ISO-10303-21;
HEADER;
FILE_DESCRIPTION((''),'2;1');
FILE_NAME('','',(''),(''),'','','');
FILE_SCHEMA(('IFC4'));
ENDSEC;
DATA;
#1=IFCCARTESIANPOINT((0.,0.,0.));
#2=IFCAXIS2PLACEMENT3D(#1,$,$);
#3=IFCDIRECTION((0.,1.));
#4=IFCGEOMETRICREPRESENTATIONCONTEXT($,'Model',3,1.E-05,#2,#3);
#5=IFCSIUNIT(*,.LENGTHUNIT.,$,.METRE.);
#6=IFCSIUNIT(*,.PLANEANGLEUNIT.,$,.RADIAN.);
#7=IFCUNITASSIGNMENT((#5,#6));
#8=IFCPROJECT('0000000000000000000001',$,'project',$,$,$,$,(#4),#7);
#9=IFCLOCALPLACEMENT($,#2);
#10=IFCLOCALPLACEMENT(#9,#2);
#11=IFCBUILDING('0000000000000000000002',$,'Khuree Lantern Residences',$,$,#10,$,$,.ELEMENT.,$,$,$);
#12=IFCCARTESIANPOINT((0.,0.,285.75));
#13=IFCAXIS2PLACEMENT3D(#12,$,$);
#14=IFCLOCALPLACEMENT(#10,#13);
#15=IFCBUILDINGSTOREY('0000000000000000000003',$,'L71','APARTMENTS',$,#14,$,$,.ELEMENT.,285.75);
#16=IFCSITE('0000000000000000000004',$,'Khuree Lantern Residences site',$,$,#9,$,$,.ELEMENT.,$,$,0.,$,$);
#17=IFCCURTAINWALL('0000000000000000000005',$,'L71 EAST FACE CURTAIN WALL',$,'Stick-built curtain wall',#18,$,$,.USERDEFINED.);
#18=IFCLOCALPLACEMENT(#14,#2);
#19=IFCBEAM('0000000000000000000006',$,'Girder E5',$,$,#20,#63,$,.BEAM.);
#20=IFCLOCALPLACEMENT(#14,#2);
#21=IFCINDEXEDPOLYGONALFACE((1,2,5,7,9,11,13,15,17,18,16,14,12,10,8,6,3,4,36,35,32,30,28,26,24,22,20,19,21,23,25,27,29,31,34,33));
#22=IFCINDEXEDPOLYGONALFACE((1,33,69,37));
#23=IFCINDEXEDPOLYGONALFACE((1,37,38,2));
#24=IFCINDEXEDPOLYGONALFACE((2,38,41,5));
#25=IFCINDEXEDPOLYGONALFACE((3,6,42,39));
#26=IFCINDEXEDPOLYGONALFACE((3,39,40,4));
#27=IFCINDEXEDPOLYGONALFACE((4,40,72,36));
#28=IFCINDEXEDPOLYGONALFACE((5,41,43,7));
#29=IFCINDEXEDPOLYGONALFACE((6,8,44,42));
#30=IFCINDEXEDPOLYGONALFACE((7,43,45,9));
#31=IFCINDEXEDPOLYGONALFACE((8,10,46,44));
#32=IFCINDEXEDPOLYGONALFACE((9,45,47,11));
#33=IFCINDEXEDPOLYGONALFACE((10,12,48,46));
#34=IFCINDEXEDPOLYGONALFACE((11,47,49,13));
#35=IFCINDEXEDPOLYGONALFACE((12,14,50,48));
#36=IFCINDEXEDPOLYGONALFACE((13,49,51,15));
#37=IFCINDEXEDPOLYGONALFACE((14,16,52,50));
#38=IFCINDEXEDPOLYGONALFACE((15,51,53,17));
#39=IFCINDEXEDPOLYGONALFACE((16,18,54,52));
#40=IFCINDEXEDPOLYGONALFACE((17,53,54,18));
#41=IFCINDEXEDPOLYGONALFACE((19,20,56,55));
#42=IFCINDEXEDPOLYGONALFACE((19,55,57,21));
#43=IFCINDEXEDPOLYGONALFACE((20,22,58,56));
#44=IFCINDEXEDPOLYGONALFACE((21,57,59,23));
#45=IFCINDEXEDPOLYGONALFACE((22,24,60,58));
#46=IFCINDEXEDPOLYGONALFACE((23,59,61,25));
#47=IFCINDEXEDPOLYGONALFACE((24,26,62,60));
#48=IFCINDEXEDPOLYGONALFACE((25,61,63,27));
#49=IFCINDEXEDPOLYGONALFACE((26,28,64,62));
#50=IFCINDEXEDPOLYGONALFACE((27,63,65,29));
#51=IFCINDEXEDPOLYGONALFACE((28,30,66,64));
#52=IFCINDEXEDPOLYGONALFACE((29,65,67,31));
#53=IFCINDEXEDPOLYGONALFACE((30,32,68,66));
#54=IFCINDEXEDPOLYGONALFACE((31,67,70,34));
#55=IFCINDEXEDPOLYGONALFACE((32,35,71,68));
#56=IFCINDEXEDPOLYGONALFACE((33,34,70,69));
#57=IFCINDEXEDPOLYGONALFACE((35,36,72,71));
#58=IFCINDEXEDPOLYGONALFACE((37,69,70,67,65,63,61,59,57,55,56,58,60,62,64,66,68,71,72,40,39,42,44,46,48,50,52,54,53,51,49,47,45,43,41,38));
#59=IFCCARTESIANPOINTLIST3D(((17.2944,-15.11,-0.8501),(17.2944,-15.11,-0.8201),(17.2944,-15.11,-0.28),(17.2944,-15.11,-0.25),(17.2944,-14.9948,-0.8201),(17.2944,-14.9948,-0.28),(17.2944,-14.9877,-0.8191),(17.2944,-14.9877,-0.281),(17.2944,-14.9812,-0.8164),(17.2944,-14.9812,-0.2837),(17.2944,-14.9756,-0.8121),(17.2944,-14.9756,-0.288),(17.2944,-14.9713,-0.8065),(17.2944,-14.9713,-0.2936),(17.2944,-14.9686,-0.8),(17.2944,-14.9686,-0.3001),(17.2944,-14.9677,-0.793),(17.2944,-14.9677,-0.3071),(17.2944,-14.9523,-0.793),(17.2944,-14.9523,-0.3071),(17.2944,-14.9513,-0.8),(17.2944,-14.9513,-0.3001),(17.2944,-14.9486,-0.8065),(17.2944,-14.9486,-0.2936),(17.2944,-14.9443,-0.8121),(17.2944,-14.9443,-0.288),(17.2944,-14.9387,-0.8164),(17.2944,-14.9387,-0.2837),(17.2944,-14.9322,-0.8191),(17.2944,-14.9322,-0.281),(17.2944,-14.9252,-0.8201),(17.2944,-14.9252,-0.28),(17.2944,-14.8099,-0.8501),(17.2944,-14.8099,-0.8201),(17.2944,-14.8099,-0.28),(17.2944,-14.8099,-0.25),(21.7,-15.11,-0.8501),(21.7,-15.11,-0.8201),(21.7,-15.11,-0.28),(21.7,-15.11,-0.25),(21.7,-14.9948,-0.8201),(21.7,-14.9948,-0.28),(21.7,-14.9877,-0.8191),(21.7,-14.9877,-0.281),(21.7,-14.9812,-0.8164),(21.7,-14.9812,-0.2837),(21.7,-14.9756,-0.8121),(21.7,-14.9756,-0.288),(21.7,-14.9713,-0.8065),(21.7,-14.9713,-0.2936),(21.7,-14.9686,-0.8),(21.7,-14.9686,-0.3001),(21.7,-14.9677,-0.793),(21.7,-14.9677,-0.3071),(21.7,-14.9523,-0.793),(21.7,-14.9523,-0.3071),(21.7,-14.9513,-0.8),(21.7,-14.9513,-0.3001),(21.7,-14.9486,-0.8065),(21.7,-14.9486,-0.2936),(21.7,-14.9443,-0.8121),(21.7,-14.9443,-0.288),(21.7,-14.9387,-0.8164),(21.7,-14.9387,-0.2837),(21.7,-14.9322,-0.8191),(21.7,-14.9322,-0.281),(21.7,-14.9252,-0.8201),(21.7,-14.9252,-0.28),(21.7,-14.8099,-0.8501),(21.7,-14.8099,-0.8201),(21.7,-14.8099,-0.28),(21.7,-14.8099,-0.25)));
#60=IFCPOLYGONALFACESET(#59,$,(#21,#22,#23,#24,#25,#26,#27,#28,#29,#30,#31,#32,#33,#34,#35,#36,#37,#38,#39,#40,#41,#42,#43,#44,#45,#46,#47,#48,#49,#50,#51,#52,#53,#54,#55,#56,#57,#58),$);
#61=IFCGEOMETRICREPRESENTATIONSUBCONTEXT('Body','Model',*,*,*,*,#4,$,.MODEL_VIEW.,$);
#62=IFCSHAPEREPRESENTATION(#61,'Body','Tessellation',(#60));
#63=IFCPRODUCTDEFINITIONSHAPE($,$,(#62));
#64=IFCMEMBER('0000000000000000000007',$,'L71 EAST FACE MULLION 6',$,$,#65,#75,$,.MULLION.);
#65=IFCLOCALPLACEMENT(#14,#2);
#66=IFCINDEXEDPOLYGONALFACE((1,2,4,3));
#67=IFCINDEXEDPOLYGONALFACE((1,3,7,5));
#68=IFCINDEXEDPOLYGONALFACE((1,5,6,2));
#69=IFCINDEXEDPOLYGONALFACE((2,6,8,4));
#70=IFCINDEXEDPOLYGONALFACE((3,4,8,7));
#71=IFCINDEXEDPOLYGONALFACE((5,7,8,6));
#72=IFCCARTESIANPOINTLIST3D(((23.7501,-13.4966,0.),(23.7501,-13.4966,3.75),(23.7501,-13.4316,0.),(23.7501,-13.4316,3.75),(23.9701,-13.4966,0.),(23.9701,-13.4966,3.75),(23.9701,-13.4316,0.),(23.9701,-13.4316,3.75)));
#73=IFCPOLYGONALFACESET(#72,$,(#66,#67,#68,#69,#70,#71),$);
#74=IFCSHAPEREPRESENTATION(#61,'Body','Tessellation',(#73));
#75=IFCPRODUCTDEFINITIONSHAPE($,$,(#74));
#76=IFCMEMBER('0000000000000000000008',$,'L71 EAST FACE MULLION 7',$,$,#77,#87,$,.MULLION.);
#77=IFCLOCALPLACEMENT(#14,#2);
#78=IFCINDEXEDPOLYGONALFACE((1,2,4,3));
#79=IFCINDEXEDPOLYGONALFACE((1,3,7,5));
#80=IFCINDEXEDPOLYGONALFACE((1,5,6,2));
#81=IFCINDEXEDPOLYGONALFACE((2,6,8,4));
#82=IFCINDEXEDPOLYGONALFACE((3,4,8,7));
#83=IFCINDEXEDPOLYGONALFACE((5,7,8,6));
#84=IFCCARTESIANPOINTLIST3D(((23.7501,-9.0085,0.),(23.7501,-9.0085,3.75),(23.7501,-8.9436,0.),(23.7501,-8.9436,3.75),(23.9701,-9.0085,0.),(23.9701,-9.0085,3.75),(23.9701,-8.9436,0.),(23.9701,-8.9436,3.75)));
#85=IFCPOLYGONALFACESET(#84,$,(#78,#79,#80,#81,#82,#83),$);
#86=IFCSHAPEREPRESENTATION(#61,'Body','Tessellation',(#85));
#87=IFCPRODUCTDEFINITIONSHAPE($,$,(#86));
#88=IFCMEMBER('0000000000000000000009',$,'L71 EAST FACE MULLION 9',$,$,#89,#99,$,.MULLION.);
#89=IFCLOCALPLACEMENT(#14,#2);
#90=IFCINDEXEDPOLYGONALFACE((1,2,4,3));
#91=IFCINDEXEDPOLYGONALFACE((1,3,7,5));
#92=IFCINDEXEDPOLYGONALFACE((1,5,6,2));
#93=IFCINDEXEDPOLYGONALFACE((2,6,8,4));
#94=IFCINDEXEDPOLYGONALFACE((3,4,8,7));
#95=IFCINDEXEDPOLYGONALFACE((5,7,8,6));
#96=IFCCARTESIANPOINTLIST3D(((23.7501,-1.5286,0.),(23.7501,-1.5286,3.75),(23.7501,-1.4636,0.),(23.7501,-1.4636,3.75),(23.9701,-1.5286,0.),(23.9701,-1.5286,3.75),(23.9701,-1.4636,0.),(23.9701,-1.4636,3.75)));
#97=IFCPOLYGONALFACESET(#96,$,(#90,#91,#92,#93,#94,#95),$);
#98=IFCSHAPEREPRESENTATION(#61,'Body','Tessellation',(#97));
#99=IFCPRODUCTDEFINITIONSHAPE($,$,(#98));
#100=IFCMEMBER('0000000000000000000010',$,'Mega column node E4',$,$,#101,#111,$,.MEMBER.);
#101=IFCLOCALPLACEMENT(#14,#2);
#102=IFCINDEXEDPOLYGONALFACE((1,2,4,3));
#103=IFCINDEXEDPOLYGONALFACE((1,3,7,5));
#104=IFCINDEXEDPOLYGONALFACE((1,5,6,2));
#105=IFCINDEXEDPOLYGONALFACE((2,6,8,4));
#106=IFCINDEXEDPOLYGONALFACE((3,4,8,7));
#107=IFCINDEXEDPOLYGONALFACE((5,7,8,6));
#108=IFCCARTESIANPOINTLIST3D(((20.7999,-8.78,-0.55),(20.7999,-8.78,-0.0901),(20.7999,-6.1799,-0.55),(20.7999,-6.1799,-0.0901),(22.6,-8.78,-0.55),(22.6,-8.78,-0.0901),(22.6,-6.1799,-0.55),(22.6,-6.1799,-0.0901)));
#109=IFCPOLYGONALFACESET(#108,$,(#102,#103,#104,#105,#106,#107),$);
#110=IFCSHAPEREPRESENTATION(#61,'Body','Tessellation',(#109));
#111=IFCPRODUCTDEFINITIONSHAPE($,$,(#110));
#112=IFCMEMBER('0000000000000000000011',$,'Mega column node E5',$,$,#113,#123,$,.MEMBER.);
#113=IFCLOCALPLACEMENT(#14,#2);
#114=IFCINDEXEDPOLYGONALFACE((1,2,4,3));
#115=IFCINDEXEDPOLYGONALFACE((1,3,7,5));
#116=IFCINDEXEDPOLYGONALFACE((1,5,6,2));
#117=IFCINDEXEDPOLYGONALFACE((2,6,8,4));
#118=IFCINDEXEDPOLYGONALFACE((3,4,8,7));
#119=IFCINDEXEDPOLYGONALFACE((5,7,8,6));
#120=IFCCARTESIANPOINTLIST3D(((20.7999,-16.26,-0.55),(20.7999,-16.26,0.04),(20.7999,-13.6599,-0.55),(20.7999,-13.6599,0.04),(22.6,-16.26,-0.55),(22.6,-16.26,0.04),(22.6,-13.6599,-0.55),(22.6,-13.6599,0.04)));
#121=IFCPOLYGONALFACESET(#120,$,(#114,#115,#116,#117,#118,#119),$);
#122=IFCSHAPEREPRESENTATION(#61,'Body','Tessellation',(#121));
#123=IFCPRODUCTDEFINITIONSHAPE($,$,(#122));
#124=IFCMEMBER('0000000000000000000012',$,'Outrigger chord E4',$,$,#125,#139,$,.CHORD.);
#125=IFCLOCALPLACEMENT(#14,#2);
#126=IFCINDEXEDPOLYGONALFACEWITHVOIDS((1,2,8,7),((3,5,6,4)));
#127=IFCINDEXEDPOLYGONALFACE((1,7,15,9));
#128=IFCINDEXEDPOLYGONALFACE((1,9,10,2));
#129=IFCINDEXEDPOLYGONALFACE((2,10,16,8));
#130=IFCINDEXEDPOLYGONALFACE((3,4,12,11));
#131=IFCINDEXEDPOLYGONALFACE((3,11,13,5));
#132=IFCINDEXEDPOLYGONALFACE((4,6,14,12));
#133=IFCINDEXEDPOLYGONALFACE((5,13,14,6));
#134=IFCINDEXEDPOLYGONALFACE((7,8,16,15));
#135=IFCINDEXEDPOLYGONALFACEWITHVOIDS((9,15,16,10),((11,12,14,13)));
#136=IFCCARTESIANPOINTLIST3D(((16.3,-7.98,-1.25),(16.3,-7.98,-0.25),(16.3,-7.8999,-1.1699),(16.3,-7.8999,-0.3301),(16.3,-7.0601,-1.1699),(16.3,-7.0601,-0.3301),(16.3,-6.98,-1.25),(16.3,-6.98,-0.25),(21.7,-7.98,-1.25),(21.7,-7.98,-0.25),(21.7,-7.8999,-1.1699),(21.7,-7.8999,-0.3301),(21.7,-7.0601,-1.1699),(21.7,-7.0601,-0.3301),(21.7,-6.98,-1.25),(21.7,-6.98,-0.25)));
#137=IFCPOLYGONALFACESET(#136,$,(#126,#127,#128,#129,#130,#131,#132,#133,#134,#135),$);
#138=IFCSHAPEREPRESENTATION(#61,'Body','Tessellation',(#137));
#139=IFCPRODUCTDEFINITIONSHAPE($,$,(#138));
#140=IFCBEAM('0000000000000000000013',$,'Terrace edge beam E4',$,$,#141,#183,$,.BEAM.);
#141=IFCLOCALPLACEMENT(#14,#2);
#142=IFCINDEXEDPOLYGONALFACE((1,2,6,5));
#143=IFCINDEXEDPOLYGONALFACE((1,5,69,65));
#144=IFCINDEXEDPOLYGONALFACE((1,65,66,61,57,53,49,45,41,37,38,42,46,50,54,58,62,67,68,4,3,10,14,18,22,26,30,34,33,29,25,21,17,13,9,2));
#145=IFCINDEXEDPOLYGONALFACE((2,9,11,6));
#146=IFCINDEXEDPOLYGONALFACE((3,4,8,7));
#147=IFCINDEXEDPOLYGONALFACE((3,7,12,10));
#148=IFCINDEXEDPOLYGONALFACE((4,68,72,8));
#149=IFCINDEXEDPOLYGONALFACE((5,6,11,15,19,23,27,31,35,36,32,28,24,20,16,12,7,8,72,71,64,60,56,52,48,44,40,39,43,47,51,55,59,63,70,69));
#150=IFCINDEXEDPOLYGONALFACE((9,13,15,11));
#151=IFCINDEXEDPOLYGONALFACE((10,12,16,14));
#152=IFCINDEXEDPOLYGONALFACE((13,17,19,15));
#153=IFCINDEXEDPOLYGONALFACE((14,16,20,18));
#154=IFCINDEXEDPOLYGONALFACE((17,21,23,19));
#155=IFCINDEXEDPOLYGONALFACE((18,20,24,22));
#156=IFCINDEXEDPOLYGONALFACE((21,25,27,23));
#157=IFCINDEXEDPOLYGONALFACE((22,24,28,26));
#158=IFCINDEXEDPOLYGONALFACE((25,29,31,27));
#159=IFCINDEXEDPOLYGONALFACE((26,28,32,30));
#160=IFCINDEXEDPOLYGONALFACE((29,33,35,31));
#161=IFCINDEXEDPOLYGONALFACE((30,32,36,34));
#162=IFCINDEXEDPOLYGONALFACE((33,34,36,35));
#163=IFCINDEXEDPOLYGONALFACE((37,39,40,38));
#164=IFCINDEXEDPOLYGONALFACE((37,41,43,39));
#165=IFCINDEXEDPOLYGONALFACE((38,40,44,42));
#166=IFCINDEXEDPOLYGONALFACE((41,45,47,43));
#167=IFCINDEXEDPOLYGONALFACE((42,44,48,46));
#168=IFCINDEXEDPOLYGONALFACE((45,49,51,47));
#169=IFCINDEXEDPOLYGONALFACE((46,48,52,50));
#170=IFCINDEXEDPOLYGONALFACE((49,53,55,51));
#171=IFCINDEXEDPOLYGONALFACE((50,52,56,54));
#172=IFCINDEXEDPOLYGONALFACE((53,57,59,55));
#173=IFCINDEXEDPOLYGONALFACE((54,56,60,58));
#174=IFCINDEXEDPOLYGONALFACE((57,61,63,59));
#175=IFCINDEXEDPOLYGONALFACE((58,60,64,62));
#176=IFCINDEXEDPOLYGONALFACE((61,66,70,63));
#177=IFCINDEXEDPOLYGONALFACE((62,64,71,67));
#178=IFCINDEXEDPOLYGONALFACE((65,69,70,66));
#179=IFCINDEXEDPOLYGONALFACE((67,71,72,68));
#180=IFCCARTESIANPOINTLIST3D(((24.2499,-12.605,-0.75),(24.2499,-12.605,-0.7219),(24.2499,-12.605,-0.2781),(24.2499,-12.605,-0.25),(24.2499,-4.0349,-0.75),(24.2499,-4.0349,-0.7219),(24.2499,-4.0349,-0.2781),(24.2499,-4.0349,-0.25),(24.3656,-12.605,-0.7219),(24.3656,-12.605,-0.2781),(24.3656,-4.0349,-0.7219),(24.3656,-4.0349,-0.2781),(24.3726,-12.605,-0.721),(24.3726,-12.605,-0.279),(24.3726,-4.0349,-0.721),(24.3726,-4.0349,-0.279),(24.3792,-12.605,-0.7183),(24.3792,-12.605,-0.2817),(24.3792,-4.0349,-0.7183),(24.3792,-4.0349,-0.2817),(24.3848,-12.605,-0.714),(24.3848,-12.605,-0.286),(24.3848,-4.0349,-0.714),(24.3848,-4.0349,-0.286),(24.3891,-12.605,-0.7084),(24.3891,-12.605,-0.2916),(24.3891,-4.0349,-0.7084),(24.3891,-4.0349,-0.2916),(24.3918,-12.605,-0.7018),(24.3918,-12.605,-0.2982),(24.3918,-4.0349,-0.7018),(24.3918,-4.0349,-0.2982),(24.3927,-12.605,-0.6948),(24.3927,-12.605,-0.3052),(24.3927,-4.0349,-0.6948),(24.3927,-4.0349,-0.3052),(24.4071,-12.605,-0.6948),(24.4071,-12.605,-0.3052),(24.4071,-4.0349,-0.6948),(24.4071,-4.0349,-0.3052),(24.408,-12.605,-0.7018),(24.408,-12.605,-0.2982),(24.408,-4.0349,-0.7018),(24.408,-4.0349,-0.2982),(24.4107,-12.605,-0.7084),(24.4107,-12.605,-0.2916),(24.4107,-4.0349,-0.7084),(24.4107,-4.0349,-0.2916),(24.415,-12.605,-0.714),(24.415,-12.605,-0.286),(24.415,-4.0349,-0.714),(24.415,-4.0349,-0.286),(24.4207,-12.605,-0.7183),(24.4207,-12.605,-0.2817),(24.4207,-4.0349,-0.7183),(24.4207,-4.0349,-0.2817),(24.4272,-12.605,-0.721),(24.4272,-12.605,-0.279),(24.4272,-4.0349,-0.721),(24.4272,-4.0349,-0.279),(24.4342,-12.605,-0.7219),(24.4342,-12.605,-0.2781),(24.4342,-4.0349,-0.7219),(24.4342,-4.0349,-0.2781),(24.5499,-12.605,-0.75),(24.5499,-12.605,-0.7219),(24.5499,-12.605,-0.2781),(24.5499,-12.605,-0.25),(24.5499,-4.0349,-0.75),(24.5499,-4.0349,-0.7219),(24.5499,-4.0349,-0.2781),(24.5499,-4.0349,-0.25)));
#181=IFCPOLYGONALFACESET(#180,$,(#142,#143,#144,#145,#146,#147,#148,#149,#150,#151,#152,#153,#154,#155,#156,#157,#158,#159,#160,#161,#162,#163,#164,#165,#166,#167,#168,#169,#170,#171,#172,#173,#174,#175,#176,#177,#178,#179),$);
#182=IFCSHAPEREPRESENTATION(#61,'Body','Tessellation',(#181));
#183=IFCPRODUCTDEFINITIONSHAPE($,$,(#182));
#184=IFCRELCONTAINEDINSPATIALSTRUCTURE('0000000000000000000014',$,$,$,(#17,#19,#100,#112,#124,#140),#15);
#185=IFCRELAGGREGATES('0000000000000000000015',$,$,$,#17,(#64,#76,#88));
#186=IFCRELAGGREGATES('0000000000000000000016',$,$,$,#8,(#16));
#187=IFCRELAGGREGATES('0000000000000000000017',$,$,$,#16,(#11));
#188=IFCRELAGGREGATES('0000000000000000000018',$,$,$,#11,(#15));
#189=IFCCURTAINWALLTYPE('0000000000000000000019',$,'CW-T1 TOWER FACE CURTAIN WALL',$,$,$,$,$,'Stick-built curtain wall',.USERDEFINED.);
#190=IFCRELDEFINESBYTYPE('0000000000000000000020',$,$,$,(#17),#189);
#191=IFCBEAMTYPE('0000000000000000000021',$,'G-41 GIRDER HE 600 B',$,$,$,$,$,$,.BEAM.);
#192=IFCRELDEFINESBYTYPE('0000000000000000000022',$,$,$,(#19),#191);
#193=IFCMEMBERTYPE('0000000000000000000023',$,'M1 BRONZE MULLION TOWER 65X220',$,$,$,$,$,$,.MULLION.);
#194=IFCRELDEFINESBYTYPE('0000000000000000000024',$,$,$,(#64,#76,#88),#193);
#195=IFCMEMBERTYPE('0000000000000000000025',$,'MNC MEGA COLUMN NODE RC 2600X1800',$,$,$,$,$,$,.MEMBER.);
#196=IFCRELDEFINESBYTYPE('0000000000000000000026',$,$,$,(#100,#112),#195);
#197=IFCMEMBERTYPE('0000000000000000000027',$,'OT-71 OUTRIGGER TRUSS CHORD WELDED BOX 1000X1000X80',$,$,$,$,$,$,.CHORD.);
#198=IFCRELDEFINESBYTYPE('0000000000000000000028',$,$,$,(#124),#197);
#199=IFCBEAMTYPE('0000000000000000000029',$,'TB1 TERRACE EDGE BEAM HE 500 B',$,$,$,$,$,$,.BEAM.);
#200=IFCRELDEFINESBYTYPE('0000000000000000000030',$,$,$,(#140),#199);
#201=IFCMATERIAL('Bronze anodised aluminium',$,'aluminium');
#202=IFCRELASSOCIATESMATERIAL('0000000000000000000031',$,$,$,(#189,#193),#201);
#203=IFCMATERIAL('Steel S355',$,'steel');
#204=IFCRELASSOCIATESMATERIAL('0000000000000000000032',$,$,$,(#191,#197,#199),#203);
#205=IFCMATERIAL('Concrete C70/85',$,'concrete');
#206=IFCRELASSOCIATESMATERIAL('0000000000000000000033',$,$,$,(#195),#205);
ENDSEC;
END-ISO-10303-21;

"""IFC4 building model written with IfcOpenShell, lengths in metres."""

from ifc_helpers import new_model, si_unit, direction, frame, origin, origin_2d, place, context, subcontext, project, spatial, rectangle, hollow_rectangle, i_section, extrude, material, material_profile, profile_set, type_object, element, aggregate, save


model = new_model("IFC4")

# Units and contexts
model_context = context("Model", 3, precision=1e-05, world=origin(), true_north=direction((0.0, 1.0)))
body_context = subcontext(model_context, "Body", "Model", "MODEL_VIEW")
ifc_project = project(units=[si_unit("LENGTHUNIT", "METRE"), si_unit("PLANEANGLEUNIT", "RADIAN")], contexts=[model_context])

# Site, building, storey
site_placement = place(None, origin())
site = spatial("IfcSite", under=ifc_project, at=site_placement, Name="Khuree Lantern Residences site", CompositionType="ELEMENT", RefElevation=0.0)
building_placement = place(site_placement, origin())
building = spatial("IfcBuilding", under=site, at=building_placement, Name="Khuree Lantern Residences", CompositionType="ELEMENT")
storey_placement = place(building_placement, frame((0.0, 0.0, 285.75)))
storey = spatial("IfcBuildingStorey", under=building, at=storey_placement, Name="L71", Description="APARTMENTS", CompositionType="ELEMENT", Elevation=285.75)

# Shared definitions
ifc_material_1 = material(Name="Concrete C70/85", Category="concrete")

# Shared definitions
ifc_material_2 = material(Name="Steel S355", Category="steel")

# Curtain wall
ifc_material_3 = material(Name="Bronze anodised aluminium", Category="aluminium")
curtain_wall_type = type_object("IfcCurtainWallType", Name="CW-T1 TOWER FACE CURTAIN WALL", ElementType="Stick-built curtain wall", PredefinedType="USERDEFINED", material=ifc_material_3)
curtain_wall_placement = place(storey_placement, origin())
curtain_wall = element("IfcCurtainWall", 1, at=curtain_wall_placement, inside=storey, type_object=curtain_wall_type, Name="L71 EAST FACE CURTAIN WALL", ObjectType="Stick-built curtain wall", PredefinedType="USERDEFINED")

# Beam
ifc_material_profile_1 = material_profile(ifc_material_2, i_section(OverallWidth=0.3, OverallDepth=0.6001, WebThickness=0.0154, FlangeThickness=0.03, FilletRadius=0.0271, at=origin_2d()), Name="HE 600 B")
ifc_profile_set_1 = profile_set([ifc_material_profile_1], Name="Steel S355")
beam_type_1 = type_object("IfcBeamType", Name="G-41 GIRDER HE 600 B", PredefinedType="BEAM", material=ifc_profile_set_1)
beam_1_placement = place(storey_placement, frame((21.7, -14.96, -0.55), z_axis=(-1.0, 0.0, 0.0), x_axis=(0.0, -1.0, 0.0)))
element("IfcBeam", 2, at=beam_1_placement, inside=storey, type_object=beam_type_1, Name="Girder E5", PredefinedType="BEAM", context=body_context, shape_type="SweptSolid", body=[
    extrude(i_section(OverallWidth=0.3, OverallDepth=0.6001, WebThickness=0.0154, FlangeThickness=0.03, FilletRadius=0.0271, at=origin_2d()), origin(), (0.0, 0.0, 1.0), 4.4055),
])

# Members
ifc_material_profile_2 = material_profile(ifc_material_3, rectangle(XDim=0.0649, YDim=0.22, at=origin_2d()), Name="M1 65X220")
ifc_profile_set_2 = profile_set([ifc_material_profile_2], Name="Bronze anodised aluminium")
member_type_1 = type_object("IfcMemberType", Name="M1 BRONZE MULLION TOWER 65X220", PredefinedType="MULLION", material=ifc_profile_set_2)
member_1_placement = place(storey_placement, frame((23.8601, -13.4641, 0.0), z_axis=(0.0, 0.0, 1.0), x_axis=(0.0, 1.0, 0.0)))
member_1 = element("IfcMember", 3, at=member_1_placement, type_object=member_type_1, Name="L71 EAST FACE MULLION 6", PredefinedType="MULLION", context=body_context, shape_type="SweptSolid", body=[
    extrude(rectangle(XDim=0.0649, YDim=0.22, at=origin_2d()), origin(), (0.0, 0.0, 1.0), 3.75),
])
member_2_placement = place(storey_placement, frame((23.8601, -8.9761, 0.0), z_axis=(0.0, 0.0, 1.0), x_axis=(0.0, 1.0, 0.0)))
member_2 = element("IfcMember", 4, at=member_2_placement, type_object=member_type_1, Name="L71 EAST FACE MULLION 7", PredefinedType="MULLION", context=body_context, shape_type="SweptSolid", body=[
    extrude(rectangle(XDim=0.0649, YDim=0.22, at=origin_2d()), origin(), (0.0, 0.0, 1.0), 3.75),
])
member_3_placement = place(storey_placement, frame((23.8601, -1.4961, 0.0), z_axis=(0.0, 0.0, 1.0), x_axis=(0.0, 1.0, 0.0)))
member_3 = element("IfcMember", 5, at=member_3_placement, type_object=member_type_1, Name="L71 EAST FACE MULLION 9", PredefinedType="MULLION", context=body_context, shape_type="SweptSolid", body=[
    extrude(rectangle(XDim=0.0649, YDim=0.22, at=origin_2d()), origin(), (0.0, 0.0, 1.0), 3.75),
])

# Members
ifc_material_profile_3 = material_profile(ifc_material_1, rectangle(XDim=2.6001, YDim=1.8, at=origin_2d()), Name="RC 2600X1800")
ifc_profile_set_3 = profile_set([ifc_material_profile_3], Name="Concrete C70/85")
member_type_2 = type_object("IfcMemberType", Name="MNC MEGA COLUMN NODE RC 2600X1800", PredefinedType="MEMBER", material=ifc_profile_set_3)
member_4_placement = place(storey_placement, frame((21.7, -7.48, -0.55), z_axis=(0.0, 0.0, 1.0), x_axis=(0.0, 1.0, 0.0)))
element("IfcMember", 6, at=member_4_placement, inside=storey, type_object=member_type_2, Name="Mega column node E4", PredefinedType="MEMBER", context=body_context, shape_type="SweptSolid", body=[
    extrude(rectangle(XDim=2.6001, YDim=1.8, at=origin_2d()), origin(), (0.0, 0.0, 1.0), 0.46),
])
member_5_placement = place(storey_placement, frame((21.7, -14.96, -0.55), z_axis=(0.0, 0.0, 1.0), x_axis=(0.0, 1.0, 0.0)))
element("IfcMember", 7, at=member_5_placement, inside=storey, type_object=member_type_2, Name="Mega column node E5", PredefinedType="MEMBER", context=body_context, shape_type="SweptSolid", body=[
    extrude(rectangle(XDim=2.6001, YDim=1.8, at=origin_2d()), origin(), (0.0, 0.0, 1.0), 0.5901),
])
ifc_material_profile_4 = material_profile(ifc_material_2, hollow_rectangle(XDim=1.0, YDim=1.0, WallThickness=0.0801, at=origin_2d()), Name="WELDED BOX 1000X1000X80")
ifc_profile_set_4 = profile_set([ifc_material_profile_4], Name="Steel S355")
member_type_3 = type_object("IfcMemberType", Name="OT-71 OUTRIGGER TRUSS CHORD WELDED BOX 1000X1000X80", PredefinedType="CHORD", material=ifc_profile_set_4)
member_6_placement = place(storey_placement, frame((21.7, -7.48, -0.75), z_axis=(-1.0, 0.0, 0.0), x_axis=(0.0, -1.0, 0.0)))
element("IfcMember", 8, at=member_6_placement, inside=storey, type_object=member_type_3, Name="Outrigger chord E4", PredefinedType="CHORD", context=body_context, shape_type="SweptSolid", body=[
    extrude(hollow_rectangle(XDim=1.0, YDim=1.0, WallThickness=0.0801, at=origin_2d()), origin(), (0.0, 0.0, 1.0), 5.3999),
])

# Beam
ifc_material_profile_5 = material_profile(ifc_material_2, i_section(OverallWidth=0.3, OverallDepth=0.5, WebThickness=0.0144, FlangeThickness=0.0281, FilletRadius=0.0271, at=origin_2d()), Name="HE 500 B")
ifc_profile_set_5 = profile_set([ifc_material_profile_5], Name="Steel S355")
beam_type_2 = type_object("IfcBeamType", Name="TB1 TERRACE EDGE BEAM HE 500 B", PredefinedType="BEAM", material=ifc_profile_set_5)
beam_2_placement = place(storey_placement, frame((24.3999, -4.0349, -0.5), z_axis=(0.0, -1.0, 0.0), x_axis=(1.0, 0.0, 0.0)))
element("IfcBeam", 9, at=beam_2_placement, inside=storey, type_object=beam_type_2, Name="Terrace edge beam E4", PredefinedType="BEAM", context=body_context, shape_type="SweptSolid", body=[
    extrude(i_section(OverallWidth=0.3, OverallDepth=0.5, WebThickness=0.0144, FlangeThickness=0.0281, FilletRadius=0.0271, at=origin_2d()), origin(), (0.0, 0.0, 1.0), 8.5701),
])

aggregate(curtain_wall, [member_1, member_2, member_3])

save(model, "model.ifc")
